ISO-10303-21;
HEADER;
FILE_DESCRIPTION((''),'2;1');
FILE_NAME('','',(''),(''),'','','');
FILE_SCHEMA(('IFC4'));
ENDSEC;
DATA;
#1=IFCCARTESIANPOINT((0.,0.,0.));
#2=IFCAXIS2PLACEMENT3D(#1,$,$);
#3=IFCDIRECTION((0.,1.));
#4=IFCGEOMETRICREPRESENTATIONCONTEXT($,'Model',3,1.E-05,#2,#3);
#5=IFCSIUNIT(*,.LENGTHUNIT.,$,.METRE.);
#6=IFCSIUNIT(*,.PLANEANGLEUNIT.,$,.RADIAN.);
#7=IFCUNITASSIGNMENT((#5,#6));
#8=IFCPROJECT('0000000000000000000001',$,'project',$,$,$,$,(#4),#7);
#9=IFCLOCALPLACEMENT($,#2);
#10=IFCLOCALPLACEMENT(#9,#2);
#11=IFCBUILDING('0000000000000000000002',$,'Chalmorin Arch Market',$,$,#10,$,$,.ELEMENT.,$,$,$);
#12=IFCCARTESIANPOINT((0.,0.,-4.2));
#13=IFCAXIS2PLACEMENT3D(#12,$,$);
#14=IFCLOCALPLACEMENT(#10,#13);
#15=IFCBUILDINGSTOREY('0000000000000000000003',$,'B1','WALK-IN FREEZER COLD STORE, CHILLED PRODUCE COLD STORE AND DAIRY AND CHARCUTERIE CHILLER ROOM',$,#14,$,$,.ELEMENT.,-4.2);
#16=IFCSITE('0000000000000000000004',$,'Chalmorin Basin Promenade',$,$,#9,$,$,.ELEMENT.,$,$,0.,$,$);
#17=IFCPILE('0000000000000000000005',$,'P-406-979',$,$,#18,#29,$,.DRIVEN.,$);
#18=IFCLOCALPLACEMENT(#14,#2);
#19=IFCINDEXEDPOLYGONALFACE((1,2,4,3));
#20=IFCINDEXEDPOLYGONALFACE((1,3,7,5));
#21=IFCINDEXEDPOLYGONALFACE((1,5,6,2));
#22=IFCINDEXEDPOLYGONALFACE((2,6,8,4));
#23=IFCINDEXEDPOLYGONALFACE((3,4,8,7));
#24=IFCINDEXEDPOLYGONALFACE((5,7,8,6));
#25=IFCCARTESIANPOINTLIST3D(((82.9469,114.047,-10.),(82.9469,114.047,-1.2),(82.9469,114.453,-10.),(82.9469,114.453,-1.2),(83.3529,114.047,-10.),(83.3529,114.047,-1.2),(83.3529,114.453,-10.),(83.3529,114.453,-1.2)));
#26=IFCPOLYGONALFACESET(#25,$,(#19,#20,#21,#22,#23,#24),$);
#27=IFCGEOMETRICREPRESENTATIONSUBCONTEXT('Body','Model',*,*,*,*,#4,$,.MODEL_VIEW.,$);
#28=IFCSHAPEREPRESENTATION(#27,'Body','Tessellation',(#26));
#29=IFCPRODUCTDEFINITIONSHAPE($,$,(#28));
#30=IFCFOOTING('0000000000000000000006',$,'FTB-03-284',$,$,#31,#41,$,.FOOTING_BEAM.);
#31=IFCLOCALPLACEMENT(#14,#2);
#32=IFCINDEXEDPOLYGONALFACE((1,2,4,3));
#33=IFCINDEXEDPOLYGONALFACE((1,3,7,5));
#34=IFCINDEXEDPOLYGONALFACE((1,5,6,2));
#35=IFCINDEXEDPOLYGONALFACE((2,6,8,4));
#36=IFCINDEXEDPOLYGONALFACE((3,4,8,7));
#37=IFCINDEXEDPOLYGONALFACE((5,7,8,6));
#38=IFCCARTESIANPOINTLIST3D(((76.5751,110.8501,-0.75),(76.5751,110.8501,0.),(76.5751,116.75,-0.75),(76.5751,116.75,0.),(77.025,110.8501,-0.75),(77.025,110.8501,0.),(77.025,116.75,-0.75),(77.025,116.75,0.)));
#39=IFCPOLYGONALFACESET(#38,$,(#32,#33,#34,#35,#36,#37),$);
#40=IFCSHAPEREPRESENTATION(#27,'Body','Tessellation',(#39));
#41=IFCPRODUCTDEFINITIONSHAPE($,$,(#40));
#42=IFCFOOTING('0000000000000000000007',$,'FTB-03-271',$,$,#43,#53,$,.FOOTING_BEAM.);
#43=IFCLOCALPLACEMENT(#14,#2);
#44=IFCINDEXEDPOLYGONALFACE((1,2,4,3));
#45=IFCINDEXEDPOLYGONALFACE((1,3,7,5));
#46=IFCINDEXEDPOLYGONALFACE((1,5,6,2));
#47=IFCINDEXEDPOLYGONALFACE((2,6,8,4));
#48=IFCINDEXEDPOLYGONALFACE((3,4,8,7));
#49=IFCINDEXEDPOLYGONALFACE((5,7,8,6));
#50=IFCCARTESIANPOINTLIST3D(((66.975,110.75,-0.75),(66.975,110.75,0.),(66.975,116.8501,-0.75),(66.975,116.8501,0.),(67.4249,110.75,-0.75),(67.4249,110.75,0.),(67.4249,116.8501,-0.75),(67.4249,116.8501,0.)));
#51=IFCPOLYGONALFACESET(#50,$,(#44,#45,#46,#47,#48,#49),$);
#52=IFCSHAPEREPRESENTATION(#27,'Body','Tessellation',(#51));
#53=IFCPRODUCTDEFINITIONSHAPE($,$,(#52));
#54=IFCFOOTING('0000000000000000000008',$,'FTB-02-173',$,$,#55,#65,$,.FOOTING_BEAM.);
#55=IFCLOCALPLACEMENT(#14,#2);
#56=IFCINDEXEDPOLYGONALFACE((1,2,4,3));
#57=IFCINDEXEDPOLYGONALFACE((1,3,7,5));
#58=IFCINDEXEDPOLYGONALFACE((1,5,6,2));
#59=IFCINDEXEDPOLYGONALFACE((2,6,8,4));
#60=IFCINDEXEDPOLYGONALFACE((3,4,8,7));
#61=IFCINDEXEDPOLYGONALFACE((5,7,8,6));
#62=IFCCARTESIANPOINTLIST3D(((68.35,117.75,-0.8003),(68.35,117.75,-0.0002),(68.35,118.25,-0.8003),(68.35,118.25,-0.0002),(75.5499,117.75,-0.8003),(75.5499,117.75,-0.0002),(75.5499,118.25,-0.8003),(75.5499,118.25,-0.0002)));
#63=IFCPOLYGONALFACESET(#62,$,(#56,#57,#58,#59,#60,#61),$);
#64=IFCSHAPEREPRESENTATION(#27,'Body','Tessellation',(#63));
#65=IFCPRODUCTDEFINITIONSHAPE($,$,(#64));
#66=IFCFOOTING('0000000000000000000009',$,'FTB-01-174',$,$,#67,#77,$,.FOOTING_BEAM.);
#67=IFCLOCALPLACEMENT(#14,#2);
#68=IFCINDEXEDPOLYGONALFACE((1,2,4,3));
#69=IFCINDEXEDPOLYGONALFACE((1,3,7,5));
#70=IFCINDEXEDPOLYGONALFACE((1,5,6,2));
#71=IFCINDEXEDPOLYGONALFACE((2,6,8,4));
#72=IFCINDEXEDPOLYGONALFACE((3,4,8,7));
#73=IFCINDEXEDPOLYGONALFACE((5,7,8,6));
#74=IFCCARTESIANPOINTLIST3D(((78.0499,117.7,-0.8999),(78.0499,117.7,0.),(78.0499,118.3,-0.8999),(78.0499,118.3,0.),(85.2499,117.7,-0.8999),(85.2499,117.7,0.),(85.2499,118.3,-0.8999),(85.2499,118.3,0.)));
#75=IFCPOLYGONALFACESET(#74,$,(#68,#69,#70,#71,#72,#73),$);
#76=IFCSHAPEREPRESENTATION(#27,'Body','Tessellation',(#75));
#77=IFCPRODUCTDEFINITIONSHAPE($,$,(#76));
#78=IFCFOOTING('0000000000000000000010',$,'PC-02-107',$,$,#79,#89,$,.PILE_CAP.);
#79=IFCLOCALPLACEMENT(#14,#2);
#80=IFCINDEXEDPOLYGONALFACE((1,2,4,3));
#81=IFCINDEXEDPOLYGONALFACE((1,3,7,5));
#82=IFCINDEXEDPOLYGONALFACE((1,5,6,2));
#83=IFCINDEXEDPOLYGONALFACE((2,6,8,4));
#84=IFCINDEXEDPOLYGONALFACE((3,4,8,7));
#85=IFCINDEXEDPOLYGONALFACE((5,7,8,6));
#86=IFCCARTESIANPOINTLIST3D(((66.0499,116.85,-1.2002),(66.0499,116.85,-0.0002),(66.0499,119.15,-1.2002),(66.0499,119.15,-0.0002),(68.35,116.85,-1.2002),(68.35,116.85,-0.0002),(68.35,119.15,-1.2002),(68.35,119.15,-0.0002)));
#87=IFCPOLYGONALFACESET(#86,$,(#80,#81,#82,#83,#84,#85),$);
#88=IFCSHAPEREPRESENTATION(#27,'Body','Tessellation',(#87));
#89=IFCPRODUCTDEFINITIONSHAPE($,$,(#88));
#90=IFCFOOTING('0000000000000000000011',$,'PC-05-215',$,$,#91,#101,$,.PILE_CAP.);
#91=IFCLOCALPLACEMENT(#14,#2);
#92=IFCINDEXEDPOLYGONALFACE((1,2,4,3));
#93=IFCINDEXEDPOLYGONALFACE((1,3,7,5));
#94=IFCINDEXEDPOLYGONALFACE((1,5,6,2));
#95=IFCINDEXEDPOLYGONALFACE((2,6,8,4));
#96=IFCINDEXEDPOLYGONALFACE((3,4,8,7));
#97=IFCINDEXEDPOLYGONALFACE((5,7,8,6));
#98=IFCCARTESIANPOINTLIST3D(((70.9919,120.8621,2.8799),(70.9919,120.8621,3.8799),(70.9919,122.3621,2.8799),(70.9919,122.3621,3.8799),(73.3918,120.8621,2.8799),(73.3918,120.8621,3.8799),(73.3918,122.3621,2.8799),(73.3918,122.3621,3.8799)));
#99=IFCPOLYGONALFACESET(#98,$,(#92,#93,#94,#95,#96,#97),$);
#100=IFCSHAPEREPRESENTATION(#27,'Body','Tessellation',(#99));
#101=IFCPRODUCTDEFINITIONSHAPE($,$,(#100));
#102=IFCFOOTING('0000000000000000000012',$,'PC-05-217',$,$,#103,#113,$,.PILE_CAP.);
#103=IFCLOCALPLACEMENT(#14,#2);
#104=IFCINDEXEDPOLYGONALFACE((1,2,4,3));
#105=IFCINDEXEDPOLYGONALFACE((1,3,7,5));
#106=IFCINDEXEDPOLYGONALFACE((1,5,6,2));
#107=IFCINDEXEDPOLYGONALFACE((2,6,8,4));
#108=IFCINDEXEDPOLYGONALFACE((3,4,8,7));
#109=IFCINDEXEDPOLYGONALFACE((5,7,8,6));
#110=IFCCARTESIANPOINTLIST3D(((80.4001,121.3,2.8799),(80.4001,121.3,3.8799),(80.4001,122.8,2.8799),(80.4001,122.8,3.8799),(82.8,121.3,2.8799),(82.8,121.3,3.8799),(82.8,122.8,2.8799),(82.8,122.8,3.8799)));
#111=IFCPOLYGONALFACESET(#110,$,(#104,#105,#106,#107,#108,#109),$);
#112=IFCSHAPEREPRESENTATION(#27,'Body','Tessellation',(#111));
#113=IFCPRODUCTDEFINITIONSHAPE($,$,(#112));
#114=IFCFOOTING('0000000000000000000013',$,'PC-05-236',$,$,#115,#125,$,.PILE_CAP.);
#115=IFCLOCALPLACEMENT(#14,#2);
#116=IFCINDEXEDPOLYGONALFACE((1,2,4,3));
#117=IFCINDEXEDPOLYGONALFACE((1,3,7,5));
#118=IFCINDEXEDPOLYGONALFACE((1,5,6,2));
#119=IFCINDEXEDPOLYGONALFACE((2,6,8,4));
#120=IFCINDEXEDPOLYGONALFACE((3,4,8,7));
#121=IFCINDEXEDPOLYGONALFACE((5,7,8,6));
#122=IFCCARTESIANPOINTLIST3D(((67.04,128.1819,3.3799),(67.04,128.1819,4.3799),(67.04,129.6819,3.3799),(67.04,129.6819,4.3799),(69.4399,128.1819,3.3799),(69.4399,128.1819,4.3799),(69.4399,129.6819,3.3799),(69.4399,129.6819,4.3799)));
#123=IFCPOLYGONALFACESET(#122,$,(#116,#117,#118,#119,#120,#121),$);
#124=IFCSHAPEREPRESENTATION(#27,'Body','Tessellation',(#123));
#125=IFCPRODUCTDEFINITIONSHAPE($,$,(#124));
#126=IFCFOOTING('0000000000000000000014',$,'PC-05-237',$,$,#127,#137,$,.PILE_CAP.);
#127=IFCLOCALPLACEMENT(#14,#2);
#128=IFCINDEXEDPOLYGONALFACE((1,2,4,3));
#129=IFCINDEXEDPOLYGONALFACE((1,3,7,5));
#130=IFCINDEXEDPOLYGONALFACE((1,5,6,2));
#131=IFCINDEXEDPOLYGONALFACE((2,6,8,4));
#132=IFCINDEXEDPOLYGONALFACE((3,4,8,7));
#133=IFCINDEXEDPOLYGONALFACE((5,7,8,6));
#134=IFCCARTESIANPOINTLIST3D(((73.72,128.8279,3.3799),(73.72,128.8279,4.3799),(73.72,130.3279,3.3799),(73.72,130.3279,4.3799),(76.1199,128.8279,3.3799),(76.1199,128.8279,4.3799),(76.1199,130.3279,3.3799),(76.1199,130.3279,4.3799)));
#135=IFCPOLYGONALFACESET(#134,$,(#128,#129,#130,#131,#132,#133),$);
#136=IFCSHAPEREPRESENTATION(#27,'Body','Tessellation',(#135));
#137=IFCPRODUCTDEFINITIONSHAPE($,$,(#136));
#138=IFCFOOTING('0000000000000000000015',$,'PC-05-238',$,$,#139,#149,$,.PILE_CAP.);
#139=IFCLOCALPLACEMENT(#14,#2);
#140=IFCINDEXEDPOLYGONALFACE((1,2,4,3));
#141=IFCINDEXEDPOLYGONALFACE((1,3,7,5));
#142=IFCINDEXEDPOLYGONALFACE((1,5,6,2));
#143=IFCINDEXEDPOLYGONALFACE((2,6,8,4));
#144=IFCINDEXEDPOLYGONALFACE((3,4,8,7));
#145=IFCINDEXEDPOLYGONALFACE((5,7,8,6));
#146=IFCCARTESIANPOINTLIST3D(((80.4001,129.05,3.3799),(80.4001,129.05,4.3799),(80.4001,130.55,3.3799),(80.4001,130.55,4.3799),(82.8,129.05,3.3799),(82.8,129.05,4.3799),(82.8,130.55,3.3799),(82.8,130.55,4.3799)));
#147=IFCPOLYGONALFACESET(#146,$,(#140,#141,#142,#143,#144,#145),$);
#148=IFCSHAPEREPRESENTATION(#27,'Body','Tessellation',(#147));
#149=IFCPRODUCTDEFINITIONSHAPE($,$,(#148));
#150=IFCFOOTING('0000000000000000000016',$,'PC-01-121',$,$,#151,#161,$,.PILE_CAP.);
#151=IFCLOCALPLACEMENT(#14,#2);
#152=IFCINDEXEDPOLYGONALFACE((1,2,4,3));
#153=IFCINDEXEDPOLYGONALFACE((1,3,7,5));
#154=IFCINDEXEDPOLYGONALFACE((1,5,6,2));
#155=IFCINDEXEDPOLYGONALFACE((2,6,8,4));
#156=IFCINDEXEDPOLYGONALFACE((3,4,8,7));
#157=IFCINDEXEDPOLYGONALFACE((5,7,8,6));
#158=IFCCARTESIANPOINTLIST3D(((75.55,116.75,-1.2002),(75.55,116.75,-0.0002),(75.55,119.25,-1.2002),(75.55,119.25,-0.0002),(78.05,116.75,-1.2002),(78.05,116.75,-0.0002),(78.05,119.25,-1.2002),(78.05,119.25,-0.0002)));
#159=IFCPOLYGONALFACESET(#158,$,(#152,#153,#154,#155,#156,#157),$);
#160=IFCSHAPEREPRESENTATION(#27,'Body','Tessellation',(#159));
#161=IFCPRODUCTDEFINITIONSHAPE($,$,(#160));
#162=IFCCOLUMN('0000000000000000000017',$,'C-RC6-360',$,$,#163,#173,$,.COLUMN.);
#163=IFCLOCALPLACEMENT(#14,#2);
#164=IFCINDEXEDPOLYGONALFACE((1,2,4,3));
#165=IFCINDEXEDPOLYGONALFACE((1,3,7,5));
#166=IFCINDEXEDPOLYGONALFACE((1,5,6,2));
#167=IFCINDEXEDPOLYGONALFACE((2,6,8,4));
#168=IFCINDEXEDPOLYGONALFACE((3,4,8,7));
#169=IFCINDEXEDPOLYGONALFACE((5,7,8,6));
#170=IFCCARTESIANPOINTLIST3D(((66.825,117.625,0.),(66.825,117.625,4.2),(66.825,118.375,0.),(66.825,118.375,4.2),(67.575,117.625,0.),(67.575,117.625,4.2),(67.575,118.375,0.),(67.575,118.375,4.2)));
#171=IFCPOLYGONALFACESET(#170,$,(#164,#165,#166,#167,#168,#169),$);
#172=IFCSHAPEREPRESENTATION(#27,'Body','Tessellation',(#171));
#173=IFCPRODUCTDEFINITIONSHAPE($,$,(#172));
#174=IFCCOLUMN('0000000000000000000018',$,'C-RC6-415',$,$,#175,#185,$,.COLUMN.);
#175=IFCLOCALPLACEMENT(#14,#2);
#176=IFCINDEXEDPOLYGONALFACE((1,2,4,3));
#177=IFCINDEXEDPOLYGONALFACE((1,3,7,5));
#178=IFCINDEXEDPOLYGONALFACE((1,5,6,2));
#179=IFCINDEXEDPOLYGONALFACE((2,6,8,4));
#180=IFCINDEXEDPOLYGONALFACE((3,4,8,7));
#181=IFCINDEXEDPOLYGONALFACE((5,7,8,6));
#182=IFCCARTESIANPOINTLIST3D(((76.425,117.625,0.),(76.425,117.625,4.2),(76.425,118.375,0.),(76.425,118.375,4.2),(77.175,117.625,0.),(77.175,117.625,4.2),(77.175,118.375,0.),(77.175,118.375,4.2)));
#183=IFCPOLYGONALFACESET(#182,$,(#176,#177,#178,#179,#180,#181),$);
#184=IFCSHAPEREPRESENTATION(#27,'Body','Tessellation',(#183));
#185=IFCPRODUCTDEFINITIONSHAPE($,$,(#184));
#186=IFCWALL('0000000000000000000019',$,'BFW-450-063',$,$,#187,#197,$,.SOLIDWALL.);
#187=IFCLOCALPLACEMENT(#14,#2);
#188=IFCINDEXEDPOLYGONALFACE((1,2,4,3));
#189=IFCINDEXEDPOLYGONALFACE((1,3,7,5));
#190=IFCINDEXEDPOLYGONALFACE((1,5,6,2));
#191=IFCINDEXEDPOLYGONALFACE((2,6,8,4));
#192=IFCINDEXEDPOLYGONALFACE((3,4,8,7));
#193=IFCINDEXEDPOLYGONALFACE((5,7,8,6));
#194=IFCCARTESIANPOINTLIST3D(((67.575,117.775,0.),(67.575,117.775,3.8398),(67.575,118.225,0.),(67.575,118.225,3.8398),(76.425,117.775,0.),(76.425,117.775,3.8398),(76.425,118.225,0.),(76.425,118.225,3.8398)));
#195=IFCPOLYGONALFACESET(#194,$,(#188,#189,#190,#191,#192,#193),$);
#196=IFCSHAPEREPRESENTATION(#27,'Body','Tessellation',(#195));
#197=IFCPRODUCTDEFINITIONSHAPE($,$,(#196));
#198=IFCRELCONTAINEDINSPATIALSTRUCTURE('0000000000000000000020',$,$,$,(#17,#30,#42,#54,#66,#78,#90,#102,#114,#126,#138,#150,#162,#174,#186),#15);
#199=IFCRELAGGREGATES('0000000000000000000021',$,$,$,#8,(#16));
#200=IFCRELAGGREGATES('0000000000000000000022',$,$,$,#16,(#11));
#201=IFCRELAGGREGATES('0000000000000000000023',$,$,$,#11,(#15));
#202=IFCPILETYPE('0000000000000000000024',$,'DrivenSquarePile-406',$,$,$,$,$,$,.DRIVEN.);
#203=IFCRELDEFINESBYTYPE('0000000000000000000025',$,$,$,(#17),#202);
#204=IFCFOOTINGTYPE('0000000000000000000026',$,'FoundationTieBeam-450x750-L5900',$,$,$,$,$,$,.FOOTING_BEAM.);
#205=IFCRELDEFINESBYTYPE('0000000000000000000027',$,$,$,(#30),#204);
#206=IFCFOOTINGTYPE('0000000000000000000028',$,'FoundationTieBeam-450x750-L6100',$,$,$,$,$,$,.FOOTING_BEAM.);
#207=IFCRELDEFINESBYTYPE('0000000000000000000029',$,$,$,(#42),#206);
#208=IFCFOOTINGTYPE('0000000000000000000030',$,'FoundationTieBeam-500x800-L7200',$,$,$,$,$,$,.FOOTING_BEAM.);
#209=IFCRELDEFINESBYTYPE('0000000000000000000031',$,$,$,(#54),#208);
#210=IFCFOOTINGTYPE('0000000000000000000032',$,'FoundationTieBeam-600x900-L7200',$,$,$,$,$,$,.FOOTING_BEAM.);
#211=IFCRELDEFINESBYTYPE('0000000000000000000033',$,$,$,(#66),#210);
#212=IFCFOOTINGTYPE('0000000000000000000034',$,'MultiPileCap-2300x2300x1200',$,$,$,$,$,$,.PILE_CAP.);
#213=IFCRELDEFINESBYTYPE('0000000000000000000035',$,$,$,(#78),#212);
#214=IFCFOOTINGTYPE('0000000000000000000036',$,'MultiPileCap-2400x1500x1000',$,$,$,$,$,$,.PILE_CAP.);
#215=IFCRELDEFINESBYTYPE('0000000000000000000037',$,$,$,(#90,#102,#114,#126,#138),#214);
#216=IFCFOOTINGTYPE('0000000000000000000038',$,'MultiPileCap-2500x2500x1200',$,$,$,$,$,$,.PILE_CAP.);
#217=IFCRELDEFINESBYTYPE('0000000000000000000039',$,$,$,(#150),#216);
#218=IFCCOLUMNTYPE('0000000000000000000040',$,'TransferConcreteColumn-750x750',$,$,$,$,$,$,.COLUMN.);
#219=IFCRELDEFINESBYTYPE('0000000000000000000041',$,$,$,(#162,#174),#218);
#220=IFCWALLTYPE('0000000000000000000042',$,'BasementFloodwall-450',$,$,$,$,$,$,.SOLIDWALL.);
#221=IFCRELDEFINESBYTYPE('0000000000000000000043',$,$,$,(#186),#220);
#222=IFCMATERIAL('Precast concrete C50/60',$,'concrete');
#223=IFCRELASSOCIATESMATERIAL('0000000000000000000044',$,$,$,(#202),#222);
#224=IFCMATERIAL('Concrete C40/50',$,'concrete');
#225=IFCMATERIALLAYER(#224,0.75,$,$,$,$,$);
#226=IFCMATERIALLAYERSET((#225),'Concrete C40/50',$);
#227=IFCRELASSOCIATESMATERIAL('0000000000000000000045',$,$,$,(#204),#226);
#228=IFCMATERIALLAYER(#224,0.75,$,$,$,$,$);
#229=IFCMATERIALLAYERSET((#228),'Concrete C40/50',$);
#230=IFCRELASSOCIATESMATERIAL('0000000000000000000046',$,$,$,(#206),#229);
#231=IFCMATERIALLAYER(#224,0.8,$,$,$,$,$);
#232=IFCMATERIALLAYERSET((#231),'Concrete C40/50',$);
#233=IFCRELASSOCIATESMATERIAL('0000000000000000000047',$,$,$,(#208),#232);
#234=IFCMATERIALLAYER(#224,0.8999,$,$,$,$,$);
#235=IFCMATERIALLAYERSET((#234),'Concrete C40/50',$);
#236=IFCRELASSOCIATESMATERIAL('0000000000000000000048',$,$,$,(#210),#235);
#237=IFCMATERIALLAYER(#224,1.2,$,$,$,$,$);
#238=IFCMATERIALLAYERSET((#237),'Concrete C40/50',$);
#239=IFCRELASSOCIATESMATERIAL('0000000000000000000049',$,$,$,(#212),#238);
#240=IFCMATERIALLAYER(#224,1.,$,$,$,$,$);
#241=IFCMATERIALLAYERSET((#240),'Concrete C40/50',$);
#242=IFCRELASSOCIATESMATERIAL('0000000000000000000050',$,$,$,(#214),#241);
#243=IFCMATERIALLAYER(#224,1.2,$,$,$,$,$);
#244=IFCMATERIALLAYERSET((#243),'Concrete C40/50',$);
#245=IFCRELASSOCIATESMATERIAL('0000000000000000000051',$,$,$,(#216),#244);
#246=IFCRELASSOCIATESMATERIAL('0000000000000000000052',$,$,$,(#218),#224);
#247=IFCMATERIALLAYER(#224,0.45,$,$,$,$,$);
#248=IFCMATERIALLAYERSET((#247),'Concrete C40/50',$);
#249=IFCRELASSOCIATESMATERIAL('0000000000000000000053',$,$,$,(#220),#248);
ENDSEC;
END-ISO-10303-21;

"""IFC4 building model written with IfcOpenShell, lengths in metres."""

from ifc_helpers import new_model, si_unit, direction, frame, frame_2d, origin, origin_2d, place, context, subcontext, project, spatial, rectangle, extrude, material, layer, layer_set, material_profile, profile_set, type_object, element, save


model = new_model("IFC4")

# Units and contexts
model_context = context("Model", 3, precision=1e-05, world=origin(), true_north=direction((0.0, 1.0)))
body_context = subcontext(model_context, "Body", "Model", "MODEL_VIEW")
ifc_project = project(units=[si_unit("LENGTHUNIT", "METRE"), si_unit("PLANEANGLEUNIT", "RADIAN")], contexts=[model_context])

# Site, building, storey
site_placement = place(None, origin())
site = spatial("IfcSite", under=ifc_project, at=site_placement, Name="Chalmorin Basin Promenade", CompositionType="ELEMENT", RefElevation=0.0)
building_placement = place(site_placement, origin())
building = spatial("IfcBuilding", under=site, at=building_placement, Name="Chalmorin Arch Market", CompositionType="ELEMENT")
storey_placement = place(building_placement, frame((0.0, 0.0, -4.2)))
storey = spatial("IfcBuildingStorey", under=building, at=storey_placement, Name="B1", Description="WALK-IN FREEZER COLD STORE, CHILLED PRODUCE COLD STORE AND DAIRY AND CHARCUTERIE CHILLER ROOM", CompositionType="ELEMENT", Elevation=-4.2)

# Pile
ifc_material_1 = material(Name="Precast concrete C50/60", Category="concrete")
ifc_material_profile_1 = material_profile(ifc_material_1, rectangle(XDim=0.406, YDim=0.406, at=origin_2d()), Name="PPC406")
ifc_profile_set_1 = profile_set([ifc_material_profile_1], Name="Precast concrete C50/60")
pile_type = type_object("IfcPileType", Name="DrivenSquarePile-406", PredefinedType="DRIVEN", material=ifc_profile_set_1)
for number, where, z_axis, x_axis, name in (
    (1, (83.1499, 114.25, -1.2), (0.0, 0.0, -1.0), (1.0, 0.0, 0.0), "P-406-979"),
):
    element("IfcPile", number, at=place(storey_placement, frame(where, z_axis=z_axis, x_axis=x_axis)), inside=storey, type_object=pile_type, Name=name, PredefinedType="DRIVEN", context=body_context, shape_type="SweptSolid", body=[
        extrude(rectangle(XDim=0.406, YDim=0.406, at=origin_2d()), origin(), (0.0, 0.0, 1.0), 8.8),
    ])

# Footings
ifc_material_2 = material(Name="Concrete C40/50", Category="concrete")
ifc_layer_1 = layer(ifc_material_2, 0.75)
ifc_layer_set_1 = layer_set([ifc_layer_1], Name="Concrete C40/50")
footing_type_1 = type_object("IfcFootingType", Name="FoundationTieBeam-450x750-L5900", PredefinedType="FOOTING_BEAM", material=ifc_layer_set_1)
footing_1_placement = place(storey_placement, frame((76.8, 113.8, -0.75), z_axis=(0.0, 0.0, 1.0), x_axis=(0.0, 1.0, 0.0)))
element("IfcFooting", 2, at=footing_1_placement, inside=storey, type_object=footing_type_1, Name="FTB-03-284", PredefinedType="FOOTING_BEAM", context=body_context, shape_type="SweptSolid", body=[
    extrude(rectangle(XDim=5.8999, YDim=0.45, at=origin_2d()), origin(), (0.0, 0.0, 1.0), 0.75),
])
ifc_layer_2 = layer(ifc_material_2, 0.75)
ifc_layer_set_2 = layer_set([ifc_layer_2], Name="Concrete C40/50")
footing_type_2 = type_object("IfcFootingType", Name="FoundationTieBeam-450x750-L6100", PredefinedType="FOOTING_BEAM", material=ifc_layer_set_2)
footing_2_placement = place(storey_placement, frame((67.2, 113.8, -0.75), z_axis=(0.0, 0.0, 1.0), x_axis=(0.0, 1.0, 0.0)))
element("IfcFooting", 3, at=footing_2_placement, inside=storey, type_object=footing_type_2, Name="FTB-03-271", PredefinedType="FOOTING_BEAM", context=body_context, shape_type="SweptSolid", body=[
    extrude(rectangle(XDim=6.1001, YDim=0.45, at=origin_2d()), origin(), (0.0, 0.0, 1.0), 0.75),
])
ifc_layer_3 = layer(ifc_material_2, 0.8)
ifc_layer_set_3 = layer_set([ifc_layer_3], Name="Concrete C40/50")
footing_type_3 = type_object("IfcFootingType", Name="FoundationTieBeam-500x800-L7200", PredefinedType="FOOTING_BEAM", material=ifc_layer_set_3)
footing_3_placement = place(storey_placement, frame((71.95, 118.0, -0.8003), z_axis=(0.0, 0.0, 1.0), x_axis=(1.0, 0.0, 0.0)))
element("IfcFooting", 4, at=footing_3_placement, inside=storey, type_object=footing_type_3, Name="FTB-02-173", PredefinedType="FOOTING_BEAM", context=body_context, shape_type="SweptSolid", body=[
    extrude(rectangle(XDim=7.2, YDim=0.5, at=origin_2d()), origin(), (0.0, 0.0, 1.0), 0.8),
])
ifc_layer_4 = layer(ifc_material_2, 0.8999)
ifc_layer_set_4 = layer_set([ifc_layer_4], Name="Concrete C40/50")
footing_type_4 = type_object("IfcFootingType", Name="FoundationTieBeam-600x900-L7200", PredefinedType="FOOTING_BEAM", material=ifc_layer_set_4)
footing_4_placement = place(storey_placement, frame((81.6499, 118.0, -0.8999), z_axis=(0.0, 0.0, 1.0), x_axis=(1.0, 0.0, 0.0)))
element("IfcFooting", 5, at=footing_4_placement, inside=storey, type_object=footing_type_4, Name="FTB-01-174", PredefinedType="FOOTING_BEAM", context=body_context, shape_type="SweptSolid", body=[
    extrude(rectangle(XDim=7.2, YDim=0.6001, at=origin_2d()), origin(), (0.0, 0.0, 1.0), 0.8999),
])
ifc_layer_5 = layer(ifc_material_2, 1.2)
ifc_layer_set_5 = layer_set([ifc_layer_5], Name="Concrete C40/50")
footing_type_5 = type_object("IfcFootingType", Name="MultiPileCap-2300x2300x1200", PredefinedType="PILE_CAP", material=ifc_layer_set_5)
footing_5_placement = place(storey_placement, frame((67.2, 118.0, -1.2002), z_axis=(0.0, 0.0, 1.0), x_axis=(1.0, 0.0, 0.0)))
element("IfcFooting", 6, at=footing_5_placement, inside=storey, type_object=footing_type_5, Name="PC-02-107", PredefinedType="PILE_CAP", context=body_context, shape_type="SweptSolid", body=[
    extrude(rectangle(XDim=2.3, YDim=2.3, at=origin_2d()), origin(), (0.0, 0.0, 1.0), 1.2),
])
ifc_layer_6 = layer(ifc_material_2, 1.0)
ifc_layer_set_6 = layer_set([ifc_layer_6], Name="Concrete C40/50")
footing_type_6 = type_object("IfcFootingType", Name="MultiPileCap-2400x1500x1000", PredefinedType="PILE_CAP", material=ifc_layer_set_6)
for number, where, z_axis, x_axis, name in (
    (7, (72.1919, 121.6121, 2.8799), (0.0, 0.0, 1.0), (1.0, 0.0, 0.0), "PC-05-215"),
    (8, (81.6001, 122.05, 2.8799), (0.0, 0.0, 1.0), (1.0, 0.0, 0.0), "PC-05-217"),
    (9, (68.24, 128.9319, 3.3799), (0.0, 0.0, 1.0), (1.0, 0.0, 0.0), "PC-05-236"),
    (10, (74.9199, 129.5779, 3.3799), (0.0, 0.0, 1.0), (1.0, 0.0, 0.0), "PC-05-237"),
    (11, (81.6001, 129.8, 3.3799), (0.0, 0.0, 1.0), (1.0, 0.0, 0.0), "PC-05-238"),
):
    element("IfcFooting", number, at=place(storey_placement, frame(where, z_axis=z_axis, x_axis=x_axis)), inside=storey, type_object=footing_type_6, Name=name, PredefinedType="PILE_CAP", context=body_context, shape_type="SweptSolid", body=[
        extrude(rectangle(XDim=2.3999, YDim=1.5, at=origin_2d()), origin(), (0.0, 0.0, 1.0), 1.0),
    ])
ifc_layer_7 = layer(ifc_material_2, 1.2)
ifc_layer_set_7 = layer_set([ifc_layer_7], Name="Concrete C40/50")
footing_type_7 = type_object("IfcFootingType", Name="MultiPileCap-2500x2500x1200", PredefinedType="PILE_CAP", material=ifc_layer_set_7)
footing_6_placement = place(storey_placement, frame((76.8, 118.0, -1.2002), z_axis=(0.0, 0.0, 1.0), x_axis=(1.0, 0.0, 0.0)))
element("IfcFooting", 12, at=footing_6_placement, inside=storey, type_object=footing_type_7, Name="PC-01-121", PredefinedType="PILE_CAP", context=body_context, shape_type="SweptSolid", body=[
    extrude(rectangle(XDim=2.5, YDim=2.5, at=origin_2d()), origin(), (0.0, 0.0, 1.0), 1.2),
])

# Columns
ifc_material_profile_2 = material_profile(ifc_material_2, rectangle(XDim=0.75, YDim=0.75, at=origin_2d()), Name="RC750X750")
ifc_profile_set_2 = profile_set([ifc_material_profile_2], Name="Concrete C40/50")
column_type = type_object("IfcColumnType", Name="TransferConcreteColumn-750x750", PredefinedType="COLUMN", material=ifc_profile_set_2)
for number, where, z_axis, x_axis, name in (
    (13, (67.2, 118.0, 0.0), (0.0, 0.0, 1.0), (1.0, 0.0, 0.0), "C-RC6-360"),
    (14, (76.8, 118.0, 0.0), (0.0, 0.0, 1.0), (1.0, 0.0, 0.0), "C-RC6-415"),
):
    element("IfcColumn", number, at=place(storey_placement, frame(where, z_axis=z_axis, x_axis=x_axis)), inside=storey, type_object=column_type, Name=name, PredefinedType="COLUMN", context=body_context, shape_type="SweptSolid", body=[
        extrude(rectangle(XDim=0.75, YDim=0.75, at=origin_2d()), origin(), (0.0, 0.0, 1.0), 4.2),
    ])

# Wall
ifc_layer_8 = layer(ifc_material_2, 0.45)
ifc_layer_set_8 = layer_set([ifc_layer_8], Name="Concrete C40/50")
wall_type_1 = type_object("IfcWallType", Name="BasementFloodwall-450", PredefinedType="SOLIDWALL", material=ifc_layer_set_8)
wall_1_placement = place(storey_placement, frame((76.425, 118.0, 0.0), z_axis=(0.0, 0.0, 1.0), x_axis=(-1.0, 0.0, 0.0)))
element("IfcWall", 15, at=wall_1_placement, inside=storey, type_object=wall_type_1, Name="BFW-450-063", PredefinedType="SOLIDWALL", context=body_context, shape_type="SweptSolid", body=[
    extrude(rectangle(XDim=8.8501, YDim=0.45, at=frame_2d((4.425, 0.0))), origin(), (0.0, 0.0, 1.0), 3.8398),
])

save(model, "model.ifc")
